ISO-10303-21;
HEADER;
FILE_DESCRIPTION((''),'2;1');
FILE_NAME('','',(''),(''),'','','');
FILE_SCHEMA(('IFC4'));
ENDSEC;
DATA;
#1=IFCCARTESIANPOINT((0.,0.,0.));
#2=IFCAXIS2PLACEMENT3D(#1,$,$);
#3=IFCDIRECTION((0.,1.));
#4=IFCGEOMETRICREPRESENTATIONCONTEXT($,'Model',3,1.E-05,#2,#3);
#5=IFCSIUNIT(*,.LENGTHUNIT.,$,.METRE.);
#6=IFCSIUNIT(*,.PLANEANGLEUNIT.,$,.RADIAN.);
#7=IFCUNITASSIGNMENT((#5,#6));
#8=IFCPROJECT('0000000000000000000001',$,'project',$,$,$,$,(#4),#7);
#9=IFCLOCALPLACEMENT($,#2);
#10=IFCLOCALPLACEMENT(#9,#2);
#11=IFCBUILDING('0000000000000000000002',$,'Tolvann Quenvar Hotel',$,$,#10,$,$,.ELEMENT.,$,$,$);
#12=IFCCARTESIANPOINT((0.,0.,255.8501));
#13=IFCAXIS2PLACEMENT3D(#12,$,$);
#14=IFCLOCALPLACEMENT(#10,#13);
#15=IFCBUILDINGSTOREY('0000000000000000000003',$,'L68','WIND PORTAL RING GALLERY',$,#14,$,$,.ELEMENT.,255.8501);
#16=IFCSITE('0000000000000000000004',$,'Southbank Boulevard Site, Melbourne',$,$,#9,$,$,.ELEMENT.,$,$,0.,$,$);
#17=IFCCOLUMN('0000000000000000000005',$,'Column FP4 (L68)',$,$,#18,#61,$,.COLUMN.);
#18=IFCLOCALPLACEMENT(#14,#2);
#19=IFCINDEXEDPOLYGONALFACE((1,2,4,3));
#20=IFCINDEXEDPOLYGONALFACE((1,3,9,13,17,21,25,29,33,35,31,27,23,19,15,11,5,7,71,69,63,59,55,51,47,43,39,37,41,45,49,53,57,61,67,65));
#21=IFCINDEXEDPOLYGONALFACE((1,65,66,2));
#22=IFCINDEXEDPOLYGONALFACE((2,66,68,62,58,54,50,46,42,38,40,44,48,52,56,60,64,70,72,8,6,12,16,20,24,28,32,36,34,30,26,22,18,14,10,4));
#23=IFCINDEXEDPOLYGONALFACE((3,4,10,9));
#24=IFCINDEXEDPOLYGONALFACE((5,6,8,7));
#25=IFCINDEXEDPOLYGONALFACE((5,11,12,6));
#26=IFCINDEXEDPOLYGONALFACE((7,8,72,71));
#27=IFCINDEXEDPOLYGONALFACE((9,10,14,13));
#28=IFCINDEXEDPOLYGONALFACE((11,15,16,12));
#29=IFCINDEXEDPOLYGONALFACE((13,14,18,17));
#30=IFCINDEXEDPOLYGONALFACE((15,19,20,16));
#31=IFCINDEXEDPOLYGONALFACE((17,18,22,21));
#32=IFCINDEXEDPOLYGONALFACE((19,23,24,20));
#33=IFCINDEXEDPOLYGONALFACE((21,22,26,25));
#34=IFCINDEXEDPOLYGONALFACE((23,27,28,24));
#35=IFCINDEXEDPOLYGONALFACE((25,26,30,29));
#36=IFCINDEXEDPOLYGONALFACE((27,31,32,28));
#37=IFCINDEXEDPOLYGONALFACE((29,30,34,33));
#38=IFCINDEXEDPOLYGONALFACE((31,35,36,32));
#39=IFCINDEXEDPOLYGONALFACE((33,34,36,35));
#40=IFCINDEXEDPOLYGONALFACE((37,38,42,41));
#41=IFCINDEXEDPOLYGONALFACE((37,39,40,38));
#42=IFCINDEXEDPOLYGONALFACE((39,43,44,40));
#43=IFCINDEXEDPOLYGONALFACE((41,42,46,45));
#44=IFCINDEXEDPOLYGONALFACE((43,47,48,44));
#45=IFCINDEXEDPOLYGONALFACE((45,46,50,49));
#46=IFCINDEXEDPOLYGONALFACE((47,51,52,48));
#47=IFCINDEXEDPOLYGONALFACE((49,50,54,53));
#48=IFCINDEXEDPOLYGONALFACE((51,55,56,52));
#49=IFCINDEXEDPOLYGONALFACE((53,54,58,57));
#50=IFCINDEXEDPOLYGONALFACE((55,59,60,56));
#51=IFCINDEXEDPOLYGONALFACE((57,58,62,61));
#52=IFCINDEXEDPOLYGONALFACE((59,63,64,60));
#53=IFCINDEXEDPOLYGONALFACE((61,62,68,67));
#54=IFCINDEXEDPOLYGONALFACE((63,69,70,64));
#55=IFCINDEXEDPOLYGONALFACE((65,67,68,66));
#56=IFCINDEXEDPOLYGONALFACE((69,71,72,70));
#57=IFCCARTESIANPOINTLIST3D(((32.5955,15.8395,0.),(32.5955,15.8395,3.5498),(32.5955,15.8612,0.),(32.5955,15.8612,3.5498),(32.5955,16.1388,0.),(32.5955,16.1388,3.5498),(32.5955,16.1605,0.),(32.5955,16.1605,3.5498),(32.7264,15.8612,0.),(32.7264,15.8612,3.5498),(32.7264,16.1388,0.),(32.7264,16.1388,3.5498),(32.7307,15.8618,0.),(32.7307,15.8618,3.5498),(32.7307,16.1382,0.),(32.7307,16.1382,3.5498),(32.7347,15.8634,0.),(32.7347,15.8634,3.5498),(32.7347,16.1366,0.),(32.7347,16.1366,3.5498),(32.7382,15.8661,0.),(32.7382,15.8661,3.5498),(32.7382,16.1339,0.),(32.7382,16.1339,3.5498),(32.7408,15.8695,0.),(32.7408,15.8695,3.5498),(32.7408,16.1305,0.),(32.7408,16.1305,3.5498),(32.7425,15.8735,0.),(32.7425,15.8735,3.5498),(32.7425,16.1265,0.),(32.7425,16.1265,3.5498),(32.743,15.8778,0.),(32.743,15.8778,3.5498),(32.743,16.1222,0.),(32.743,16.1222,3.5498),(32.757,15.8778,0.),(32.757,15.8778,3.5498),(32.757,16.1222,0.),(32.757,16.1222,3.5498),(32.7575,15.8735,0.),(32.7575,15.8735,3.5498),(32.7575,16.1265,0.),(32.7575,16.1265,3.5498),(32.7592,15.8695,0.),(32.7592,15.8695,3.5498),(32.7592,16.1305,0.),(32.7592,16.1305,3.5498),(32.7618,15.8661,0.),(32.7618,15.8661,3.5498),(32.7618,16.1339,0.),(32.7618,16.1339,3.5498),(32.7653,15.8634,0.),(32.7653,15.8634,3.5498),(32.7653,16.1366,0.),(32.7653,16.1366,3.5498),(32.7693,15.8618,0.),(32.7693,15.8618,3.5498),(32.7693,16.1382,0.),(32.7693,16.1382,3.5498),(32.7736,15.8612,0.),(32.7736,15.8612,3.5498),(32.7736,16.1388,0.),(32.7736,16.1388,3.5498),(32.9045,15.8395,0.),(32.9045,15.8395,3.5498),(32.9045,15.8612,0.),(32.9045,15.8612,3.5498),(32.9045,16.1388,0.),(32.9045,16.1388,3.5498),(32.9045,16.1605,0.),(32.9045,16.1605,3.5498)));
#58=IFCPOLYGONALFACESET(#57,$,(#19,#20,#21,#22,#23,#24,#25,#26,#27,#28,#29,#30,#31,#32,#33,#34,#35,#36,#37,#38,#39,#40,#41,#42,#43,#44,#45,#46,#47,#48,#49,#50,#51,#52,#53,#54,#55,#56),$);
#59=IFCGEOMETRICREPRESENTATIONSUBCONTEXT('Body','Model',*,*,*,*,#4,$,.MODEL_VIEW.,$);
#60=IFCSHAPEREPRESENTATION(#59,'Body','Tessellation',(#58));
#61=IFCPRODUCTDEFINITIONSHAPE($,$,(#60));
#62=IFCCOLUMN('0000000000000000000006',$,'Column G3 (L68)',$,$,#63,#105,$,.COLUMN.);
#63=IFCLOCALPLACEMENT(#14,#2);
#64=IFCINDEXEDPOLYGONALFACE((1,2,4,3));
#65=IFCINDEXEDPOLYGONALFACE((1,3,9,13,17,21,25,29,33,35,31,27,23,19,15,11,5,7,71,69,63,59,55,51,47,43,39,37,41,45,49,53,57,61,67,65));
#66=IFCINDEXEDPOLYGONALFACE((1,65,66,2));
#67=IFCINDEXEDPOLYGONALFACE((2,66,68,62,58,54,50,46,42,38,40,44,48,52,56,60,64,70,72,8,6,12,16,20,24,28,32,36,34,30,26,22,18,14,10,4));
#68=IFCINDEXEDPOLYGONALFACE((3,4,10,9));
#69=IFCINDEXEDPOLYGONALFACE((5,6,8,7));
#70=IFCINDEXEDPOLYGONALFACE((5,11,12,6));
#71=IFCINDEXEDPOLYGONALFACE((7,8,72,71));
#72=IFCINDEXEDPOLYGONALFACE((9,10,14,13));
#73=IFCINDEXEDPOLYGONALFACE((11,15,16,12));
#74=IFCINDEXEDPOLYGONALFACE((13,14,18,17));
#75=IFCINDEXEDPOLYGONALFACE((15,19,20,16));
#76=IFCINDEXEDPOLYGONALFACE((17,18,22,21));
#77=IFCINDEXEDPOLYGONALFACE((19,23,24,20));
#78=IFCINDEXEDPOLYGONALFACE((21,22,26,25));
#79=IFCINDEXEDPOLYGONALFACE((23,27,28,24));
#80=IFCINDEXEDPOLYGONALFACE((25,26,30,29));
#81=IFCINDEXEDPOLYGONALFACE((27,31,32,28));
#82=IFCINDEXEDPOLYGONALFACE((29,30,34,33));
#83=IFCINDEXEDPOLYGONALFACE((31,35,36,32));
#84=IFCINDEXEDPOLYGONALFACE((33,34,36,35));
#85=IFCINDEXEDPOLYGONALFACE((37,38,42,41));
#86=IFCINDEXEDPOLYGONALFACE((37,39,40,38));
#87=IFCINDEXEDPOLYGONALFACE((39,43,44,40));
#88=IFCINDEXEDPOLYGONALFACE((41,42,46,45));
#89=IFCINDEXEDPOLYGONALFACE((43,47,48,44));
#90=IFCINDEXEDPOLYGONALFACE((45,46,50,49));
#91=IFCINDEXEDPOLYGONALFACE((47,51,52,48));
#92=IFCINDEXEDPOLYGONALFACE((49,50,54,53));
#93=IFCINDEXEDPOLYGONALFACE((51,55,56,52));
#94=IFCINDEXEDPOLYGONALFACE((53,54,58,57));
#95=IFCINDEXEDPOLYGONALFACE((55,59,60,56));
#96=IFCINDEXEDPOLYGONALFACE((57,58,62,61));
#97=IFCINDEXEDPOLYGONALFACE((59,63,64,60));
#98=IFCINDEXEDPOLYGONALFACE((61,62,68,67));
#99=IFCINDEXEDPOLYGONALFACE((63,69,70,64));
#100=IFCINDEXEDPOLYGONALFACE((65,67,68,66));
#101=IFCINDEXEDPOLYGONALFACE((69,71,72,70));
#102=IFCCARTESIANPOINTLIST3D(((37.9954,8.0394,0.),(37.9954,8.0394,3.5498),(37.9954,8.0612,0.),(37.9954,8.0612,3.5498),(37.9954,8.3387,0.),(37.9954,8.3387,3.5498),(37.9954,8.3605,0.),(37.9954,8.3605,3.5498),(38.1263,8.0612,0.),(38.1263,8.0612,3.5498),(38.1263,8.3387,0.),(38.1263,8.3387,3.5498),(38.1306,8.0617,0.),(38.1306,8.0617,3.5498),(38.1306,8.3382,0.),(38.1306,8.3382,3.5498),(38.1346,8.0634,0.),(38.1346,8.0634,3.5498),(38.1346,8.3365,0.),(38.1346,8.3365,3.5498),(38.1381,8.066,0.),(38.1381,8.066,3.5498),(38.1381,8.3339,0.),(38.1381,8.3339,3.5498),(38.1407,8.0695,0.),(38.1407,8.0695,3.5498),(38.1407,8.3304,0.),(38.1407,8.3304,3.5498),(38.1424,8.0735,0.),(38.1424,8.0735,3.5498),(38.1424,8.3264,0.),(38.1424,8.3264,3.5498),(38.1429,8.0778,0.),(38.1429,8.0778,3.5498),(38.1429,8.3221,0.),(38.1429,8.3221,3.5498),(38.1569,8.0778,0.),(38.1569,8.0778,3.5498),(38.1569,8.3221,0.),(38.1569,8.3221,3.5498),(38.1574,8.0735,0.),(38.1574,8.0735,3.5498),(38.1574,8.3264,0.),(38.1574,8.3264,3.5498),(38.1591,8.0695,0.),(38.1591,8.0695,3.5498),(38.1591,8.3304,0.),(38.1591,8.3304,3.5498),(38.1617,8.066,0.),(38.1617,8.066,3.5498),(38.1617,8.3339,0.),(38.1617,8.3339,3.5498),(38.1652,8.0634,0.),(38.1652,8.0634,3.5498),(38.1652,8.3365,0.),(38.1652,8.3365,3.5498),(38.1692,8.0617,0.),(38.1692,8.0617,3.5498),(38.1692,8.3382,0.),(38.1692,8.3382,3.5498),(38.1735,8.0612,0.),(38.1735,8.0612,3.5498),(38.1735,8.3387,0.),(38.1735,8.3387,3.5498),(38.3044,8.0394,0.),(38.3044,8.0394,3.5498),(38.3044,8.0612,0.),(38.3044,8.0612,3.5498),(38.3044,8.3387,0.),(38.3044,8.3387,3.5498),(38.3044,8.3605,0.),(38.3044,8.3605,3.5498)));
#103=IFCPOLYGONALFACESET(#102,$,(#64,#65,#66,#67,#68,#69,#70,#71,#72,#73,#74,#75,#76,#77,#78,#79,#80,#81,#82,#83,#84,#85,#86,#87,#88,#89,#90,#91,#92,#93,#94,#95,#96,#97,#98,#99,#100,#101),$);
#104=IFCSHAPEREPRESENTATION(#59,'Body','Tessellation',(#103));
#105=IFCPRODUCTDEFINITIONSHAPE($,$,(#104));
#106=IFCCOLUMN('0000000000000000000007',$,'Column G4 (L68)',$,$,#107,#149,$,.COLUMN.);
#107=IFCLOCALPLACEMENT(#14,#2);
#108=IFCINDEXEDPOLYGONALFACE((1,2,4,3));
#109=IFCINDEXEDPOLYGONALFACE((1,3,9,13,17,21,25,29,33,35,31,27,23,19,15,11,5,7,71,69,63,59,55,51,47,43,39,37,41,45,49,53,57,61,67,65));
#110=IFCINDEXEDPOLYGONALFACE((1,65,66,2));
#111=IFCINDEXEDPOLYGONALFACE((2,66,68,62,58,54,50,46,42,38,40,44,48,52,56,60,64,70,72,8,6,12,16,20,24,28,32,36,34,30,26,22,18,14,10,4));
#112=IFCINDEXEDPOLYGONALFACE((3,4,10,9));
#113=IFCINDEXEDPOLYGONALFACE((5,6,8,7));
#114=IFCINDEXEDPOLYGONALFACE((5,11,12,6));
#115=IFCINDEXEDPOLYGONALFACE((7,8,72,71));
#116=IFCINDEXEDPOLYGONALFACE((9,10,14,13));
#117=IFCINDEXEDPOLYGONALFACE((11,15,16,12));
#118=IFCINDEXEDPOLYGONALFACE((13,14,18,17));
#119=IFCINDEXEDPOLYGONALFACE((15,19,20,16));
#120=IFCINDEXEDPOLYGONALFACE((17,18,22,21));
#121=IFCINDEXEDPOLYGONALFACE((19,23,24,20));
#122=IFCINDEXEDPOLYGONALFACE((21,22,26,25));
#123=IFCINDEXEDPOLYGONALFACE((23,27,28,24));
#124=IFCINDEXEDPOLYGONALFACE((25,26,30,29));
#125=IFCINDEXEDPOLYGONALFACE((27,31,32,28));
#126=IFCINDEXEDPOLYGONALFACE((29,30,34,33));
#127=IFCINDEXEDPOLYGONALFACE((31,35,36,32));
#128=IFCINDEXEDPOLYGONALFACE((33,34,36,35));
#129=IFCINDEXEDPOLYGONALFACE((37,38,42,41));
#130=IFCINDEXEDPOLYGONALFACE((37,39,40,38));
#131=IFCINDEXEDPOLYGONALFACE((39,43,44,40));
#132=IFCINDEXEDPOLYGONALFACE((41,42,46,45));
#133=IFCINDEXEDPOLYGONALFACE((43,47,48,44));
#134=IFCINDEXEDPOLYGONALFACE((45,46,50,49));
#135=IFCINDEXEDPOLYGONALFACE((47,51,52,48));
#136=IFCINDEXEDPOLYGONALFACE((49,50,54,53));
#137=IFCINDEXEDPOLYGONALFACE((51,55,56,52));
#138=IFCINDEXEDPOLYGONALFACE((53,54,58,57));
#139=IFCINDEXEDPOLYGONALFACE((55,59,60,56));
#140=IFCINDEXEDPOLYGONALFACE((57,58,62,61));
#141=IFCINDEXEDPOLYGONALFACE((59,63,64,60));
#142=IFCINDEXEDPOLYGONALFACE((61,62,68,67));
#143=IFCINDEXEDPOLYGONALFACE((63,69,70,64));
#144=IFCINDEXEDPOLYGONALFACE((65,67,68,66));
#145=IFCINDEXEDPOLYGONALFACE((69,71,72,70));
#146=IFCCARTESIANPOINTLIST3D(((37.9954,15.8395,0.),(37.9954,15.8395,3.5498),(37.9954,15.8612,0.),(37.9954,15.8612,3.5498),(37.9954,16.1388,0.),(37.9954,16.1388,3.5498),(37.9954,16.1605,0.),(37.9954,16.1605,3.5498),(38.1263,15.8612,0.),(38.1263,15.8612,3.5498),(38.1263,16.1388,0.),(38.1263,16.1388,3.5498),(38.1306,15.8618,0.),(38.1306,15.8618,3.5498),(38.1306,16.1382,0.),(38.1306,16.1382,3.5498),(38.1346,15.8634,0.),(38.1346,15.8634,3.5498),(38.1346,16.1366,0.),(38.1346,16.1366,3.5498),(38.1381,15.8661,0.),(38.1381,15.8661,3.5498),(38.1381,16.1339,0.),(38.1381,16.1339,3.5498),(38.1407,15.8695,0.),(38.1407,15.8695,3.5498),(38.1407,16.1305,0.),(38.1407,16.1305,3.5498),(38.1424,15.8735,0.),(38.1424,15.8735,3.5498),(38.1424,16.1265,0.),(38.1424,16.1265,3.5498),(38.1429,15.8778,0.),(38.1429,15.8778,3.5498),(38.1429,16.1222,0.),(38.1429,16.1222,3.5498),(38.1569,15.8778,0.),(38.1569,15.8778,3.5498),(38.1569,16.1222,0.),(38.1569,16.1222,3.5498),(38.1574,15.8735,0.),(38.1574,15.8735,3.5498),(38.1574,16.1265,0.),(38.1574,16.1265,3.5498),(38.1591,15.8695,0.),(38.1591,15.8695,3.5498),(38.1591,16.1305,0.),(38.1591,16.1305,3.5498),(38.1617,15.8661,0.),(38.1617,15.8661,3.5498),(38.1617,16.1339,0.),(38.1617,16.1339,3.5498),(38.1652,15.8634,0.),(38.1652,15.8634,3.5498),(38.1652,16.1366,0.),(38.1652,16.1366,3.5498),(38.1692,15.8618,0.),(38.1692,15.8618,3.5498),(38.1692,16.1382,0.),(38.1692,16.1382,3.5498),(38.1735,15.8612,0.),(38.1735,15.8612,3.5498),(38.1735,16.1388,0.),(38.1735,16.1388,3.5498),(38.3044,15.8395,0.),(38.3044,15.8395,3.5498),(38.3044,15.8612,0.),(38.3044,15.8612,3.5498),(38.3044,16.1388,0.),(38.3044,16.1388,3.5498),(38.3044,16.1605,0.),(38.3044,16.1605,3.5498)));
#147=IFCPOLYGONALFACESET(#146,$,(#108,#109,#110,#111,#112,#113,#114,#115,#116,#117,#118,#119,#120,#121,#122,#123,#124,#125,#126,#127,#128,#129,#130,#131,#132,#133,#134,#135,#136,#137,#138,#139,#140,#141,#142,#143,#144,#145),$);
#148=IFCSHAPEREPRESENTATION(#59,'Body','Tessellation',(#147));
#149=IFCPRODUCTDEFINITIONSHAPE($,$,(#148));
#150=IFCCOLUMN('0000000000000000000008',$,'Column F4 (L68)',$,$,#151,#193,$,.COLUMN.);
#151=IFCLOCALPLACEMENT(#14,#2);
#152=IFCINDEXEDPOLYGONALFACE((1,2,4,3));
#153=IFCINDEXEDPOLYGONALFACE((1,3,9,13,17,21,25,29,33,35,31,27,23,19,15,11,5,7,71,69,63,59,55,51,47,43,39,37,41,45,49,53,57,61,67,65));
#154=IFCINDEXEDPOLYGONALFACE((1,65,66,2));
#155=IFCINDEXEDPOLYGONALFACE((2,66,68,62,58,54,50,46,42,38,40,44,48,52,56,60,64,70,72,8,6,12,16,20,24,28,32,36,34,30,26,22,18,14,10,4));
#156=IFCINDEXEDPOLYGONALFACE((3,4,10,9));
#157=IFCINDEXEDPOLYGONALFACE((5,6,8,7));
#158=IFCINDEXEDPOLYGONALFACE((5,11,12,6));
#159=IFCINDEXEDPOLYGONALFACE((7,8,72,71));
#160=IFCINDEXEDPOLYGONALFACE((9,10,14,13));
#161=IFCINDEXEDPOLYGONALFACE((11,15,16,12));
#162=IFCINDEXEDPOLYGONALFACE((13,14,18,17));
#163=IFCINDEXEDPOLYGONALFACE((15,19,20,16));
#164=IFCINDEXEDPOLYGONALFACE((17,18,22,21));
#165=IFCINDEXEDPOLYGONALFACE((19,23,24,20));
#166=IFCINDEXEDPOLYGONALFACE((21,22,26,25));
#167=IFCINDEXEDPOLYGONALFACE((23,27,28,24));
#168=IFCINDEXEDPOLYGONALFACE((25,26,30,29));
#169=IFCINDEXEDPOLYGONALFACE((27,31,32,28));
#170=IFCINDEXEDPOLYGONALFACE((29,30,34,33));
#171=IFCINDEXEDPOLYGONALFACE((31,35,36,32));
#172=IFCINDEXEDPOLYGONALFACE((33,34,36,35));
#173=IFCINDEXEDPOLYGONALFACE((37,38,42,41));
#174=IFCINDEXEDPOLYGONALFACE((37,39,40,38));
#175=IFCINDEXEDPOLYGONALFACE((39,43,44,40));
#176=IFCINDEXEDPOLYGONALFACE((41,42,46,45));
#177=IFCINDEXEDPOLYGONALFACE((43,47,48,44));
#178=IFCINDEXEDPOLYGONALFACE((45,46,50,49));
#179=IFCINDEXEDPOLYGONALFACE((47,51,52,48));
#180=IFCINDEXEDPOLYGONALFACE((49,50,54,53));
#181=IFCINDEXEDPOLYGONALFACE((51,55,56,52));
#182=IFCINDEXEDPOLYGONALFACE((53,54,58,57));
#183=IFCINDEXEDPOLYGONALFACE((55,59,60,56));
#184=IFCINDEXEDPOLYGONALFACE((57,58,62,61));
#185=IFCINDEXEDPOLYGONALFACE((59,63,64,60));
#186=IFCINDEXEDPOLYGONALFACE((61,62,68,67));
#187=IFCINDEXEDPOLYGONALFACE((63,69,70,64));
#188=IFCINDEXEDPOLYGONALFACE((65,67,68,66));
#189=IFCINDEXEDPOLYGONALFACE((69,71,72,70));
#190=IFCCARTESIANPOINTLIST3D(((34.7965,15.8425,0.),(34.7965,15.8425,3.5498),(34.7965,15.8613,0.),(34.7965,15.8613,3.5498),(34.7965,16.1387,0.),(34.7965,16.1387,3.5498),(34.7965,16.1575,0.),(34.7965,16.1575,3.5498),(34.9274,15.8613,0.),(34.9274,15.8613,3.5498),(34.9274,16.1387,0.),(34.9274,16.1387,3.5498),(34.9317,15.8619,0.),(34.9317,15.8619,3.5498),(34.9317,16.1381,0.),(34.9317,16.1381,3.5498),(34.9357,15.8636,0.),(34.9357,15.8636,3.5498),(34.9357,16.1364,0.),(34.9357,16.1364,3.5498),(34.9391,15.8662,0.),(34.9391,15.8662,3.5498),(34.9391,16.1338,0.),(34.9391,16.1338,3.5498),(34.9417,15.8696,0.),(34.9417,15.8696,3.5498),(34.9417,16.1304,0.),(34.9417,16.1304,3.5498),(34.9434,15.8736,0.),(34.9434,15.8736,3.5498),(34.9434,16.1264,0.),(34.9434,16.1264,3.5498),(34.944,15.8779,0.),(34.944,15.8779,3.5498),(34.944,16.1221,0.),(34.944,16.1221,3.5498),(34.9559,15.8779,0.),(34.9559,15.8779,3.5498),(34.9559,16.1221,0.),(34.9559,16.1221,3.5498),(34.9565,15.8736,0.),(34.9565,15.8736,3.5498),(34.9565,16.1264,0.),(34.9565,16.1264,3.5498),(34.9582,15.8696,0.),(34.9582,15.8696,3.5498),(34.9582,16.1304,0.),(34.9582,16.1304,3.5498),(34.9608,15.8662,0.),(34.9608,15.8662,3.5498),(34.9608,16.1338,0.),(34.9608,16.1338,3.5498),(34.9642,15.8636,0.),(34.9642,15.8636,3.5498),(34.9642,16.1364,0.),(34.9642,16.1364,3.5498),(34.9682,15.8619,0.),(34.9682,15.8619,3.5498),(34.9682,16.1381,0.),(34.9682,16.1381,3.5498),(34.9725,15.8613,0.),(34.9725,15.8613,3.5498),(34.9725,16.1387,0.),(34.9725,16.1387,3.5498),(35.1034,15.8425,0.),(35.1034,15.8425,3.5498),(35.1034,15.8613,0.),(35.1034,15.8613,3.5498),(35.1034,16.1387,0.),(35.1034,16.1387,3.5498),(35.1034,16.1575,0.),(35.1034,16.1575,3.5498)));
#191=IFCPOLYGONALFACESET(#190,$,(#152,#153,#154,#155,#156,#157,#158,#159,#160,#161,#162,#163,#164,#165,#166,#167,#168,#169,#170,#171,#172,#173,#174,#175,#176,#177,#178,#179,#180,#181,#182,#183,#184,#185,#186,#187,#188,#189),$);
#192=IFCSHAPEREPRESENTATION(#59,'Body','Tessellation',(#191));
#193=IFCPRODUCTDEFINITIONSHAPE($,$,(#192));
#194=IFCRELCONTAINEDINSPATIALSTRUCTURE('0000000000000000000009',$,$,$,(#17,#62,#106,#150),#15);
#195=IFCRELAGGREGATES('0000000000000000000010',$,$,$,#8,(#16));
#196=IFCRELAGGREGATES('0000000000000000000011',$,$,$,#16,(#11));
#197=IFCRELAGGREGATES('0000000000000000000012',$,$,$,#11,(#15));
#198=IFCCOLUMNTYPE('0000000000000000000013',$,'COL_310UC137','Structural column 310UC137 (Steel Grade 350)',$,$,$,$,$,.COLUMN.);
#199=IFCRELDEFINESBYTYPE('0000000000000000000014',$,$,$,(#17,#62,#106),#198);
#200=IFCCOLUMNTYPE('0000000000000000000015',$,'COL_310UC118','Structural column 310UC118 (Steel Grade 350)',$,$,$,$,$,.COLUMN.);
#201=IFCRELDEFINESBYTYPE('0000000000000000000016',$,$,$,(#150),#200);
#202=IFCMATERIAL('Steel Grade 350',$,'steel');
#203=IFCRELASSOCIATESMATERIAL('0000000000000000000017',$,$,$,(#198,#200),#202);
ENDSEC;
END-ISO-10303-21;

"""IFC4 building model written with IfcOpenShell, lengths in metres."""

from ifc_helpers import new_model, si_unit, direction, frame, origin, origin_2d, place, context, subcontext, project, spatial, i_section, extrude, source, transform, mapped, material, material_profile, profile_set, type_object, type_shapes, element, save


model = new_model("IFC4")

# Units and contexts
model_context = context("Model", 3, precision=1e-05, world=origin(), true_north=direction((0.0, 1.0)))
body_context = subcontext(model_context, "Body", "Model", "MODEL_VIEW")
ifc_project = project(units=[si_unit("LENGTHUNIT", "METRE"), si_unit("PLANEANGLEUNIT", "RADIAN")], contexts=[model_context])

# Site, building, storey
site_placement = place(None, origin())
site = spatial("IfcSite", under=ifc_project, at=site_placement, Name="Southbank Boulevard Site, Melbourne", CompositionType="ELEMENT", RefElevation=0.0)
building_placement = place(site_placement, origin())
building = spatial("IfcBuilding", under=site, at=building_placement, Name="Tolvann Quenvar Hotel", CompositionType="ELEMENT")
storey_placement = place(building_placement, frame((0.0, 0.0, 255.8501)))
storey = spatial("IfcBuildingStorey", under=building, at=storey_placement, Name="L68", Description="WIND PORTAL RING GALLERY", CompositionType="ELEMENT", Elevation=255.8501)

# Columns
ifc_material_1 = material(Name="Steel Grade 350", Category="steel")
ifc_material_profile_1 = material_profile(ifc_material_1, i_section(OverallWidth=0.3091, OverallDepth=0.321, WebThickness=0.0139, FlangeThickness=0.0217, FilletRadius=0.0166, at=origin_2d()), Name="310UC137")
ifc_profile_set_1 = profile_set([ifc_material_profile_1], Name="Steel Grade 350")
column_type_1 = type_object("IfcColumnType", Name="COL_310UC137", Description="Structural column 310UC137 (Steel Grade 350)", PredefinedType="COLUMN", material=ifc_profile_set_1)
shared_shape_1 = source(origin(), body_context, "Body", "SweptSolid", [
    extrude(i_section(OverallWidth=0.3091, OverallDepth=0.321, WebThickness=0.0139, FlangeThickness=0.0217, FilletRadius=0.0166, at=origin_2d()), origin(), (0.0, 0.0, 1.0), 3.5498),
])
type_shapes(column_type_1, [shared_shape_1])
for number, where, z_axis, x_axis, name in (
    (1, (32.75, 16.0, 0.0), (0.0, 0.0, 1.0), (1.0, 0.0, 0.0), "Column FP4 (L68)"),
    (2, (38.1499, 8.2, 0.0), (0.0, 0.0, 1.0), (1.0, 0.0, 0.0), "Column G3 (L68)"),
    (3, (38.1499, 16.0, 0.0), (0.0, 0.0, 1.0), (1.0, 0.0, 0.0), "Column G4 (L68)"),
):
    element("IfcColumn", number, at=place(storey_placement, frame(where, z_axis=z_axis, x_axis=x_axis)), inside=storey, type_object=column_type_1, Name=name, PredefinedType="COLUMN", context=body_context, shape_type="MappedRepresentation", body=[
        mapped(shared_shape_1, transform((0.0, 0.0, 0.0), x_axis=(1.0, 0.0, 0.0), y_axis=(0.0, 1.0, 0.0), z_axis=(0.0, 0.0, 1.0), scale=1.0)),
    ])
ifc_material_profile_2 = material_profile(ifc_material_1, i_section(OverallWidth=0.3069, OverallDepth=0.3149, WebThickness=0.012, FlangeThickness=0.0188, FilletRadius=0.0166, at=origin_2d()), Name="310UC118")
ifc_profile_set_2 = profile_set([ifc_material_profile_2], Name="Steel Grade 350")
column_type_2 = type_object("IfcColumnType", Name="COL_310UC118", Description="Structural column 310UC118 (Steel Grade 350)", PredefinedType="COLUMN", material=ifc_profile_set_2)
shared_shape_2 = source(origin(), body_context, "Body", "SweptSolid", [
    extrude(i_section(OverallWidth=0.3069, OverallDepth=0.3149, WebThickness=0.012, FlangeThickness=0.0188, FilletRadius=0.0166, at=origin_2d()), origin(), (0.0, 0.0, 1.0), 3.5498),
])
type_shapes(column_type_2, [shared_shape_2])
column_placement = place(storey_placement, frame((34.95, 16.0, 0.0), z_axis=(0.0, 0.0, 1.0), x_axis=(1.0, 0.0, 0.0)))
element("IfcColumn", 4, at=column_placement, inside=storey, type_object=column_type_2, Name="Column F4 (L68)", PredefinedType="COLUMN", context=body_context, shape_type="MappedRepresentation", body=[
    mapped(shared_shape_2, transform((0.0, 0.0, 0.0), x_axis=(1.0, 0.0, 0.0), y_axis=(0.0, 1.0, 0.0), z_axis=(0.0, 0.0, 1.0), scale=1.0)),
])

save(model, "model.ifc")
